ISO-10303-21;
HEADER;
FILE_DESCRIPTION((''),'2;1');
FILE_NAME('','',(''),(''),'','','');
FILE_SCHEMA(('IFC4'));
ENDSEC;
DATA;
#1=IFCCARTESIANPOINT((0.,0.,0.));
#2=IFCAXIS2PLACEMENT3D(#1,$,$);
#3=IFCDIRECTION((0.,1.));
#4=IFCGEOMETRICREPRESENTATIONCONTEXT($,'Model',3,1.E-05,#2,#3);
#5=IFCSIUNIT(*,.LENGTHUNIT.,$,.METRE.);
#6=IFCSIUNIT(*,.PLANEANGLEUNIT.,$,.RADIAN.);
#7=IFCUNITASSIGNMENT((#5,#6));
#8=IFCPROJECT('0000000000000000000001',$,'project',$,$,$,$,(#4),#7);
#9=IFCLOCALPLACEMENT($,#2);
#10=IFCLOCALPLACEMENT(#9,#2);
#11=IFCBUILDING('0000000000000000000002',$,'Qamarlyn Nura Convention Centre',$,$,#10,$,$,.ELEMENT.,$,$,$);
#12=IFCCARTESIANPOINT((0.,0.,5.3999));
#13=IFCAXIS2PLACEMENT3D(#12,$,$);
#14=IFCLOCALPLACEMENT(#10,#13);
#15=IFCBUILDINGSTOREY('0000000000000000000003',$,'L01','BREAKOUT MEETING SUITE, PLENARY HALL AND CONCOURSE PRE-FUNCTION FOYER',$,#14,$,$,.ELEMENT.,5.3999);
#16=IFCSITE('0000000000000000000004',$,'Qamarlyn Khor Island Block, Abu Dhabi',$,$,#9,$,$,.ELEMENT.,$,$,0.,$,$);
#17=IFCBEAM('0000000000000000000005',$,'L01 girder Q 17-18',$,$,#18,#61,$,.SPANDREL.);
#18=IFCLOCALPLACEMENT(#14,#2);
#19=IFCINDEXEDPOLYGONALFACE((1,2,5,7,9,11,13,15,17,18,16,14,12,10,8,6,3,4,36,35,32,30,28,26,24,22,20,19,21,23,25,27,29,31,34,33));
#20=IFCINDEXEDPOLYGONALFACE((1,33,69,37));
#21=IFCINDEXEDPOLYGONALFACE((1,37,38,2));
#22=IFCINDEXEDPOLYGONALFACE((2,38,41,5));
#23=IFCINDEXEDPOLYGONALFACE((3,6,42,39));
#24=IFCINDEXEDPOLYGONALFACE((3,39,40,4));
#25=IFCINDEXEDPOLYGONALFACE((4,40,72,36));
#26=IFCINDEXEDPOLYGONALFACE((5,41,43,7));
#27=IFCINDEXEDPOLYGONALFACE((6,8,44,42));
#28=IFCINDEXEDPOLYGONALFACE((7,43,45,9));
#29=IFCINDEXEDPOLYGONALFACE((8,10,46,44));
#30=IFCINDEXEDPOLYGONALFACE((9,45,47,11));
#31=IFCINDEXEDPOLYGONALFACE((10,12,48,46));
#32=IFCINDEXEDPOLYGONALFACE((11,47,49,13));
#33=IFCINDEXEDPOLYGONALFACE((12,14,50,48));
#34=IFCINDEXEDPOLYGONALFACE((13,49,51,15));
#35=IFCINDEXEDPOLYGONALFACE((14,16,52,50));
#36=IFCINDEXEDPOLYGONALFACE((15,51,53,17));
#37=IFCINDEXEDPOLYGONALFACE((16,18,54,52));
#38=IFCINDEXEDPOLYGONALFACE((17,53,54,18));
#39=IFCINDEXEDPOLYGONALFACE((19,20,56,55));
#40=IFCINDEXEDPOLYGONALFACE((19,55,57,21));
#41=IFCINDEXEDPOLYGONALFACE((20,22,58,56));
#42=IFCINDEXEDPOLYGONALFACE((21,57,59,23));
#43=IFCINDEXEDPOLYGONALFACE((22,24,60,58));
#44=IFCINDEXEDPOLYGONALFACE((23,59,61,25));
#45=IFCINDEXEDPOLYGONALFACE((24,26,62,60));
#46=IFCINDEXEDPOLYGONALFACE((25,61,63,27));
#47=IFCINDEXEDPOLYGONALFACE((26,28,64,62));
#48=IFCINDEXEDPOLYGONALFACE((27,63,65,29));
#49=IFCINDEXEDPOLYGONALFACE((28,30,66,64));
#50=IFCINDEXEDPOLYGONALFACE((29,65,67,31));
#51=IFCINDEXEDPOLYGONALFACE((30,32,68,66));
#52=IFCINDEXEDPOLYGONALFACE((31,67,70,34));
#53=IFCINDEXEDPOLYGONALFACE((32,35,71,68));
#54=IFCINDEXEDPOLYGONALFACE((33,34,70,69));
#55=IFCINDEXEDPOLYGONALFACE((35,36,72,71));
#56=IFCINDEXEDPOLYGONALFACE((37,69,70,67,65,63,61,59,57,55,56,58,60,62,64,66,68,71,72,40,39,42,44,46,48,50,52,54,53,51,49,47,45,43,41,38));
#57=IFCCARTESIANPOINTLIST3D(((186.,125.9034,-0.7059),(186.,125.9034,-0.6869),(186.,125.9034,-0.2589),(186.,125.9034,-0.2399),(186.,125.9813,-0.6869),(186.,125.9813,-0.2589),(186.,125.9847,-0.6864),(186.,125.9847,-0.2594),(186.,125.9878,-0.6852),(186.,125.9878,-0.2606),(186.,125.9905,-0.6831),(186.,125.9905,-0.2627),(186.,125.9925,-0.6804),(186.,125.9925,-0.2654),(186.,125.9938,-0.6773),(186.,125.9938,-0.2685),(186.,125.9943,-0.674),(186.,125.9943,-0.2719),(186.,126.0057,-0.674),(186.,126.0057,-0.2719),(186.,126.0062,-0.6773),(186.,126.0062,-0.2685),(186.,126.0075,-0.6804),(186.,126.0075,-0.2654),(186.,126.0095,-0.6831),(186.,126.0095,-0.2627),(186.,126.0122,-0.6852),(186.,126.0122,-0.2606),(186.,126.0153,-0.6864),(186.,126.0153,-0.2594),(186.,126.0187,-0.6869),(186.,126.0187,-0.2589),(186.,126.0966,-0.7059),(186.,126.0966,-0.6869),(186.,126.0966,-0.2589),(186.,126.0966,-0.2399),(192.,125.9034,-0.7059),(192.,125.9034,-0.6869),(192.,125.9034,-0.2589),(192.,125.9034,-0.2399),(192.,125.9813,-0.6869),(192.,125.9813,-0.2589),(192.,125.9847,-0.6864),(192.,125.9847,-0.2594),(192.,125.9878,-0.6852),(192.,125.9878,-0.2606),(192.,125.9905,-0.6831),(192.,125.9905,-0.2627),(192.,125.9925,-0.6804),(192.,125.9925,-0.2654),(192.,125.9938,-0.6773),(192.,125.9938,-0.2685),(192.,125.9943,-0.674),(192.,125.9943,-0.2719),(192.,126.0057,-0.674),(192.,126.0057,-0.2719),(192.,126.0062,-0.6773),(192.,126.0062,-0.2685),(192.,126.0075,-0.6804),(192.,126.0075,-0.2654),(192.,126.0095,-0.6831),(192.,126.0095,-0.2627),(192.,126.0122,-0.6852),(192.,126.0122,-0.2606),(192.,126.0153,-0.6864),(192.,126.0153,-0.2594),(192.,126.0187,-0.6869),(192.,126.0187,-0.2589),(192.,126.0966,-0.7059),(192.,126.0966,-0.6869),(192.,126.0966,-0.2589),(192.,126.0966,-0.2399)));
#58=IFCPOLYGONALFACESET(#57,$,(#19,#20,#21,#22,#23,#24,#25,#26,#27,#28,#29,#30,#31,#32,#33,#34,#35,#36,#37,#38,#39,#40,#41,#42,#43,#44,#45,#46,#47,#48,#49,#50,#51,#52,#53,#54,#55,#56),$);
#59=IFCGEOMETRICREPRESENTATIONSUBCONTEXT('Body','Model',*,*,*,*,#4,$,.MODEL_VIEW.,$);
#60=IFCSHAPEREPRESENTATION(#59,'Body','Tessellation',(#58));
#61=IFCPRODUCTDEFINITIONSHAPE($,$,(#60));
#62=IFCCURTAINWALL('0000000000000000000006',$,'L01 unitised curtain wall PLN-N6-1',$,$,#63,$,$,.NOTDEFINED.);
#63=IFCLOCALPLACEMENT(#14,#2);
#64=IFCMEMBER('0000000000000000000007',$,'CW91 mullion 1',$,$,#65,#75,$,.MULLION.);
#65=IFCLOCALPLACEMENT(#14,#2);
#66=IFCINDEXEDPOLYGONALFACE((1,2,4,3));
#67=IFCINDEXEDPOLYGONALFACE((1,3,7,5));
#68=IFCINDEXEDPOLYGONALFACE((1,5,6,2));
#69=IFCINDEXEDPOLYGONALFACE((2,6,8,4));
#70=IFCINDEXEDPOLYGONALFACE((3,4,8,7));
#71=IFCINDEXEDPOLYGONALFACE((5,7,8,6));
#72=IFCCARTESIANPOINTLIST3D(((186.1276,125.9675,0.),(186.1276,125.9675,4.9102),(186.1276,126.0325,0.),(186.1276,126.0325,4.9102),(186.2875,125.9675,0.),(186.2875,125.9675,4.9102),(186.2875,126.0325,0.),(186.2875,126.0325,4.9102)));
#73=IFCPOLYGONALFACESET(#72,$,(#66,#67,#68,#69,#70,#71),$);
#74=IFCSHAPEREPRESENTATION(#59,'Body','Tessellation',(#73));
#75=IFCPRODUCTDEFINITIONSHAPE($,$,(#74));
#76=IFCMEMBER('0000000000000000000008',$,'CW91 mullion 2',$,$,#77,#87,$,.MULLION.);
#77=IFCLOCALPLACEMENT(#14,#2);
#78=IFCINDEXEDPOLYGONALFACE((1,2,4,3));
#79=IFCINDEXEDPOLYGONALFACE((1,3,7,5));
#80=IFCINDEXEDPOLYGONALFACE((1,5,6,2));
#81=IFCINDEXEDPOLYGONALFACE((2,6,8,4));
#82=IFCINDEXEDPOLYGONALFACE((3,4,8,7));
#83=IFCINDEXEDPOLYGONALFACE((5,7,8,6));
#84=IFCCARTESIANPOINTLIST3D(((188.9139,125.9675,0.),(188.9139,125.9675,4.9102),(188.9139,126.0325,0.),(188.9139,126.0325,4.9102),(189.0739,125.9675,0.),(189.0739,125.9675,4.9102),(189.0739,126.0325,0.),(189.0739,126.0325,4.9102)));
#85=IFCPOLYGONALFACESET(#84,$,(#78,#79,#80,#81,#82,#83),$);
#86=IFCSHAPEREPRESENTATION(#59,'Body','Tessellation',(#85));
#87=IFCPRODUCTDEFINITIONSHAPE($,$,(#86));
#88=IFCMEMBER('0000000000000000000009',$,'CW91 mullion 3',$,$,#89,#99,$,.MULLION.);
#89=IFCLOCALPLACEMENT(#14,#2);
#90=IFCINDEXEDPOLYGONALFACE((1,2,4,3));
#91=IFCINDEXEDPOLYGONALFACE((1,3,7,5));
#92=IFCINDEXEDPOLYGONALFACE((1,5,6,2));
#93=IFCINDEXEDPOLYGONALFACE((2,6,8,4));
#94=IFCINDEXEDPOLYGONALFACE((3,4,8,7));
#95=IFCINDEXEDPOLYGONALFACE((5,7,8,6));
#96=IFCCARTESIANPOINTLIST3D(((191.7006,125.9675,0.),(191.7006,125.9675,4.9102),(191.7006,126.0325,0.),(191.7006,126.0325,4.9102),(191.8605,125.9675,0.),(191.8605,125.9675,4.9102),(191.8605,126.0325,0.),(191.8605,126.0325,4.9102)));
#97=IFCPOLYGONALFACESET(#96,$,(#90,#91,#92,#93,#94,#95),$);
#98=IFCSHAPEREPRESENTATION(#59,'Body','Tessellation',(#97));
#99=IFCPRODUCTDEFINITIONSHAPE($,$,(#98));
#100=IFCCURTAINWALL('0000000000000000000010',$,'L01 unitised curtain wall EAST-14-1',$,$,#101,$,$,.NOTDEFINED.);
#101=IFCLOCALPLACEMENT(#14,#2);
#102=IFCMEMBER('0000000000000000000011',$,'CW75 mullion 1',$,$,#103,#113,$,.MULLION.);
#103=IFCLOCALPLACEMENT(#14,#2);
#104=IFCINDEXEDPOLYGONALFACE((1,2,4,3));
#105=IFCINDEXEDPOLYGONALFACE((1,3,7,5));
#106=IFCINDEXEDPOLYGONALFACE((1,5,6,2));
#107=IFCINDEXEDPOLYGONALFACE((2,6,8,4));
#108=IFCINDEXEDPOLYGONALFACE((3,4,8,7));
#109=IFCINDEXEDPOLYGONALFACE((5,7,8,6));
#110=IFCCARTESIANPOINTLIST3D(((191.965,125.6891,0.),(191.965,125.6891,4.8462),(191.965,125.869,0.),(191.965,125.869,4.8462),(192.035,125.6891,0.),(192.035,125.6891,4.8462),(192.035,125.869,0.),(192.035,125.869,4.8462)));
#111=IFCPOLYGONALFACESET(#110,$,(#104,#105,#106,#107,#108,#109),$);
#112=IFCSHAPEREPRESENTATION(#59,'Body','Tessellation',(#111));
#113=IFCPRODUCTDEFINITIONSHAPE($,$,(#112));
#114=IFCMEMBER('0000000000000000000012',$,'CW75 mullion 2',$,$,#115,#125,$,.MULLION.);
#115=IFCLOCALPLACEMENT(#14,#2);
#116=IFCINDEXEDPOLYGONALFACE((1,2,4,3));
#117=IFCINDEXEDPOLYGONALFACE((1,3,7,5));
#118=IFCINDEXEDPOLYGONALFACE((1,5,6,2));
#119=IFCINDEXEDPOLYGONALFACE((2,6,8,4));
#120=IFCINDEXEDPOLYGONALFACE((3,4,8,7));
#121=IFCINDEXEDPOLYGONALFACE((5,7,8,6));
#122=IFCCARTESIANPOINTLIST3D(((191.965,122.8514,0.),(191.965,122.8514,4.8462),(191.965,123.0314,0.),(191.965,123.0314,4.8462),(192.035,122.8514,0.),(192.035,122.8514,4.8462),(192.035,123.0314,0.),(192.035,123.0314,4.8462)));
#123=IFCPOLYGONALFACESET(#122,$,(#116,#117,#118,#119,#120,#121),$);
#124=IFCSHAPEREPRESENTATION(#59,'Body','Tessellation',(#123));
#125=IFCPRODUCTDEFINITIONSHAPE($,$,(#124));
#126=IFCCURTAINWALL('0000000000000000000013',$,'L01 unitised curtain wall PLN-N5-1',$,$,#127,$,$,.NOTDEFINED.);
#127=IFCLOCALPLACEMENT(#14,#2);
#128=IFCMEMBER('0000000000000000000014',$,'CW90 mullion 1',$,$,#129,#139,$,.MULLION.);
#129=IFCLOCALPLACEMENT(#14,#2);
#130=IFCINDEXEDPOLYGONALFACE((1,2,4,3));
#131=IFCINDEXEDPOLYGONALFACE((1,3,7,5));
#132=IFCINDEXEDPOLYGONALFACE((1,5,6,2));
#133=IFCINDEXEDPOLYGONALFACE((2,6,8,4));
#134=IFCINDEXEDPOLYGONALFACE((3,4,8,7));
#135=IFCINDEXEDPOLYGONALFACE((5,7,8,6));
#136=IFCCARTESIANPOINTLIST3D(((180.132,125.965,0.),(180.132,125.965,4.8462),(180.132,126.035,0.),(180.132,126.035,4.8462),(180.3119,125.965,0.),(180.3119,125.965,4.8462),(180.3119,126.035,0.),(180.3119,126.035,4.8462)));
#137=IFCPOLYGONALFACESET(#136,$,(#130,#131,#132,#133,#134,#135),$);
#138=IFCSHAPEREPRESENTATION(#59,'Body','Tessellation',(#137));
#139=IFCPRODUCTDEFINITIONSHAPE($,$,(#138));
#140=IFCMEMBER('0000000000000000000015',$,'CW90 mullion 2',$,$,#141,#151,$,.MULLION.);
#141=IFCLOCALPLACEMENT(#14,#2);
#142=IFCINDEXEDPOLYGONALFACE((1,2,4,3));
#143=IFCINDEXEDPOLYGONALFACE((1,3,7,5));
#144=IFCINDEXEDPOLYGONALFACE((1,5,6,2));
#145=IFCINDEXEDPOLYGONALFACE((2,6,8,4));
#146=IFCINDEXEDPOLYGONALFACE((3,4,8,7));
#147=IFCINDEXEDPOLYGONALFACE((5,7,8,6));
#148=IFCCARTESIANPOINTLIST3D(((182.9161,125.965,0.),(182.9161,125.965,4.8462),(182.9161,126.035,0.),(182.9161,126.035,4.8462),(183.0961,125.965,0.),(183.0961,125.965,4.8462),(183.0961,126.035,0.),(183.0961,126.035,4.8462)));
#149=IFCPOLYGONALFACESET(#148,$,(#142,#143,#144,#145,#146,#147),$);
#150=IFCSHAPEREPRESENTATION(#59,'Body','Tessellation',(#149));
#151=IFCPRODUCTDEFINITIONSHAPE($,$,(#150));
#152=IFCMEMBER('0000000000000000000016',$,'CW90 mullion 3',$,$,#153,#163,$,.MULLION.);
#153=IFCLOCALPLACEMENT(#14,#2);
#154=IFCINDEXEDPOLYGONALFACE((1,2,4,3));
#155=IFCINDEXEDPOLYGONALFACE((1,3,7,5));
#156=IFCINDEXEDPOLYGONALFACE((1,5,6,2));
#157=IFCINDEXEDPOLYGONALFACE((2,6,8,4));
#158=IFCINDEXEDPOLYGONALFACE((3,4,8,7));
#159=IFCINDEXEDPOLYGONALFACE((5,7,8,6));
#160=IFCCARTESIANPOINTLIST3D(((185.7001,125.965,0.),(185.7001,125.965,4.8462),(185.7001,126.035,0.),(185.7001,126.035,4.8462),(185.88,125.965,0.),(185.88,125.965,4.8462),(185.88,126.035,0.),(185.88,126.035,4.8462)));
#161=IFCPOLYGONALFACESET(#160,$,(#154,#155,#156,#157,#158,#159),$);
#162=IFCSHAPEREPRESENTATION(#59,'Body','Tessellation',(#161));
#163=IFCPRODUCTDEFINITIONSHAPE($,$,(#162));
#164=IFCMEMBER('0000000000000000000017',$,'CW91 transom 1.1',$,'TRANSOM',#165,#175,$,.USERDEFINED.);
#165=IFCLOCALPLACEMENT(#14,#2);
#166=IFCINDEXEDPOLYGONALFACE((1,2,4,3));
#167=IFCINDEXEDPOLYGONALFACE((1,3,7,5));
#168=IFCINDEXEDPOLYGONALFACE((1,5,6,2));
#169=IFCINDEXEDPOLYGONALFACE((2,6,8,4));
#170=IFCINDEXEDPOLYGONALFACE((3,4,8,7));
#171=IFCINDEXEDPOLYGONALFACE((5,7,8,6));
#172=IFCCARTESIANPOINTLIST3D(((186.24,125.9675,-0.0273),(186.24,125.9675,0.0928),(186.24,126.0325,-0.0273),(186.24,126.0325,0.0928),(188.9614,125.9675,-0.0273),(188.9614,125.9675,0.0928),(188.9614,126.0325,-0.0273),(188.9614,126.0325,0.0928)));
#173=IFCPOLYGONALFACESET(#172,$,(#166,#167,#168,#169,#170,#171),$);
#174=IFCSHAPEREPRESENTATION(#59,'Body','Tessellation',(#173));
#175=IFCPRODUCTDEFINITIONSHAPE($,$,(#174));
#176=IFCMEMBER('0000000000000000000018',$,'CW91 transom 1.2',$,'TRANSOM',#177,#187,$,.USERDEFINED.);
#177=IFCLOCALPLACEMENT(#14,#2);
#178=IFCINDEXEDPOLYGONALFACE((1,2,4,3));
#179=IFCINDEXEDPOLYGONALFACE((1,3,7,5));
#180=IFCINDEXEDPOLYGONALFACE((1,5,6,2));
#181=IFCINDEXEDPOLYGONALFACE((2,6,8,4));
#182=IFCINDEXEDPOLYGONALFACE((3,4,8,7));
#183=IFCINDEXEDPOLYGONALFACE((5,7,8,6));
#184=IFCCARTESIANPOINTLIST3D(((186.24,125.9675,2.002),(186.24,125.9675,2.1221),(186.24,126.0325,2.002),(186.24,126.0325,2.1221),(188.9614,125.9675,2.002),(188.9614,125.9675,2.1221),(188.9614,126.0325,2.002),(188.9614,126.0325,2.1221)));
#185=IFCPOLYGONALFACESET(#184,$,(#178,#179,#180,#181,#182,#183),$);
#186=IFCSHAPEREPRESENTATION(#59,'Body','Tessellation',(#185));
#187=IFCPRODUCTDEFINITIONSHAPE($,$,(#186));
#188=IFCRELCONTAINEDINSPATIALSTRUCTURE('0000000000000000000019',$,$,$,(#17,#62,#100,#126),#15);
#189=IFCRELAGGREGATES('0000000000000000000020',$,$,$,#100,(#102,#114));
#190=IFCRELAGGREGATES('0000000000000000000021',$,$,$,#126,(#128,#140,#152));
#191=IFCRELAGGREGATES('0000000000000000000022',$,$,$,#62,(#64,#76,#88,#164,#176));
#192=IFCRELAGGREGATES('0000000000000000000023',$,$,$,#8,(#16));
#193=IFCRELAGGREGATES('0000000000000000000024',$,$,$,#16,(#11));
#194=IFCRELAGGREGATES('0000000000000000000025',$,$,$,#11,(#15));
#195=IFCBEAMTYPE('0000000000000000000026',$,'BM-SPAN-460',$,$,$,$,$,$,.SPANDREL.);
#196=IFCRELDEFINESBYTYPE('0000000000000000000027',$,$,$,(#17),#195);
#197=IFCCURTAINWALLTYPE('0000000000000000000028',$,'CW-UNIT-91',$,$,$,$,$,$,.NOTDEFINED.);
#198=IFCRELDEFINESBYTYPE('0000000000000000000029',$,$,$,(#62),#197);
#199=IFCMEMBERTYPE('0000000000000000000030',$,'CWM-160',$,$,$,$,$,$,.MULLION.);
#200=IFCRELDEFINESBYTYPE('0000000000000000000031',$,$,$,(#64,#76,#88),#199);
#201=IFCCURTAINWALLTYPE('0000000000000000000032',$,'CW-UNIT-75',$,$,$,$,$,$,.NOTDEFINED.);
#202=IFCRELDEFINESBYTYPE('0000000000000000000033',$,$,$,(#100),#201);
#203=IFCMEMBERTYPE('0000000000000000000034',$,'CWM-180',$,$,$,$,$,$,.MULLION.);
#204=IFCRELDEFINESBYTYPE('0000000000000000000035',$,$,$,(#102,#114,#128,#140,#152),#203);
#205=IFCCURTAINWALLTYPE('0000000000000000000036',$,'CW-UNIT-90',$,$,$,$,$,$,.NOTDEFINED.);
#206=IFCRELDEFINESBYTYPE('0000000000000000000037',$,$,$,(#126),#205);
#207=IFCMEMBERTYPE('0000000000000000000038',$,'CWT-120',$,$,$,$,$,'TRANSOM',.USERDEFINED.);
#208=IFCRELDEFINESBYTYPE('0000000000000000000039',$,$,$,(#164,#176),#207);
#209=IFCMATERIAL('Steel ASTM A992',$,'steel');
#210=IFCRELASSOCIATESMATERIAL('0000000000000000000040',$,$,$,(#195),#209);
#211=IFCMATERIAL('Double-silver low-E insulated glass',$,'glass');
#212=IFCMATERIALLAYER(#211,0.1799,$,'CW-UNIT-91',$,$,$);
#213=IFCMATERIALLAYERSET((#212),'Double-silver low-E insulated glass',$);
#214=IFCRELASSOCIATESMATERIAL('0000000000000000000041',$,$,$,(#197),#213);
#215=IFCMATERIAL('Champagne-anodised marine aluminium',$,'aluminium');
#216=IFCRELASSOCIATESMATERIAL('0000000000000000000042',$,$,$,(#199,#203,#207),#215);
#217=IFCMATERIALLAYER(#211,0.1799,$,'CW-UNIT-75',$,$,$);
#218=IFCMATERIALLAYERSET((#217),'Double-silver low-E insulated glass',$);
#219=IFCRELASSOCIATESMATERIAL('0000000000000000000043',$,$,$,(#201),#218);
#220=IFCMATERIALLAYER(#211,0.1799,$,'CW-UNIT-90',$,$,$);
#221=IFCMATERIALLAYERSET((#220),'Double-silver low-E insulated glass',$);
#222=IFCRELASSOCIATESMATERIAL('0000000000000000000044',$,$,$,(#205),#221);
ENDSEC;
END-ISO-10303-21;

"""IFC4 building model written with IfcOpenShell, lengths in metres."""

from ifc_helpers import new_model, si_unit, direction, frame, origin, origin_2d, place, context, subcontext, project, spatial, rectangle, i_section, extrude, material, layer, layer_set, material_profile, profile_set, type_object, element, aggregate, save


model = new_model("IFC4")

# Units and contexts
model_context = context("Model", 3, precision=1e-05, world=origin(), true_north=direction((0.0, 1.0)))
body_context = subcontext(model_context, "Body", "Model", "MODEL_VIEW")
ifc_project = project(units=[si_unit("LENGTHUNIT", "METRE"), si_unit("PLANEANGLEUNIT", "RADIAN")], contexts=[model_context])

# Site, building, storey
site_placement = place(None, origin())
site = spatial("IfcSite", under=ifc_project, at=site_placement, Name="Qamarlyn Khor Island Block, Abu Dhabi", CompositionType="ELEMENT", RefElevation=0.0)
building_placement = place(site_placement, origin())
building = spatial("IfcBuilding", under=site, at=building_placement, Name="Qamarlyn Nura Convention Centre", CompositionType="ELEMENT")
storey_placement = place(building_placement, frame((0.0, 0.0, 5.3999)))
storey = spatial("IfcBuildingStorey", under=building, at=storey_placement, Name="L01", Description="BREAKOUT MEETING SUITE, PLENARY HALL AND CONCOURSE PRE-FUNCTION FOYER", CompositionType="ELEMENT", Elevation=5.3999)

# Shared definitions
ifc_material_1 = material(Name="Steel ASTM A992", Category="steel")

# Beam
ifc_material_profile_1 = material_profile(ifc_material_1, i_section(OverallWidth=0.1931, OverallDepth=0.4661, WebThickness=0.0115, FlangeThickness=0.019, FilletRadius=0.0129, at=origin_2d()), Name="W460X97")
ifc_profile_set_1 = profile_set([ifc_material_profile_1], Name="Steel ASTM A992")
beam_type_1 = type_object("IfcBeamType", Name="BM-SPAN-460", PredefinedType="SPANDREL", material=ifc_profile_set_1)
beam_1_placement = place(storey_placement, frame((186.0, 126.0, -0.4729), z_axis=(1.0, 0.0, 0.0), x_axis=(0.0, 1.0, 0.0)))
element("IfcBeam", 1, at=beam_1_placement, inside=storey, type_object=beam_type_1, Name="L01 girder Q 17-18", PredefinedType="SPANDREL", context=body_context, shape_type="SweptSolid", body=[
    extrude(i_section(OverallWidth=0.1931, OverallDepth=0.4661, WebThickness=0.0115, FlangeThickness=0.019, FilletRadius=0.0129, at=origin_2d()), origin(), (0.0, 0.0, 1.0), 6.0),
])

# Curtain walls, members
ifc_material_2 = material(Name="Double-silver low-E insulated glass", Category="glass")
ifc_layer_1 = layer(ifc_material_2, 0.1799, Name="CW-UNIT-91")
ifc_layer_set_1 = layer_set([ifc_layer_1], Name="Double-silver low-E insulated glass")
curtain_wall_type_1 = type_object("IfcCurtainWallType", Name="CW-UNIT-91", PredefinedType="NOTDEFINED", material=ifc_layer_set_1)
curtain_wall_1_placement = place(storey_placement, origin())
curtain_wall_1 = element("IfcCurtainWall", 2, at=curtain_wall_1_placement, inside=storey, type_object=curtain_wall_type_1, Name="L01 unitised curtain wall PLN-N6-1", PredefinedType="NOTDEFINED")
ifc_material_3 = material(Name="Champagne-anodised marine aluminium", Category="aluminium")
ifc_material_profile_2 = material_profile(ifc_material_3, rectangle(XDim=0.0649, YDim=0.1599, at=origin_2d()), Name="ALU MULLION 65x160")
ifc_profile_set_2 = profile_set([ifc_material_profile_2], Name="Champagne-anodised marine aluminium")
member_type_1 = type_object("IfcMemberType", Name="CWM-160", PredefinedType="MULLION", material=ifc_profile_set_2)
member_1_placement = place(storey_placement, frame((186.2075, 126.0, 0.0), z_axis=(0.0, 0.0, 1.0), x_axis=(0.0, 1.0, 0.0)))
member_1 = element("IfcMember", 3, at=member_1_placement, type_object=member_type_1, Name="CW91 mullion 1", PredefinedType="MULLION", context=body_context, shape_type="SweptSolid", body=[
    extrude(rectangle(XDim=0.0649, YDim=0.1599, at=origin_2d()), origin(), (0.0, 0.0, 1.0), 4.9102),
])
member_2_placement = place(storey_placement, frame((188.9939, 126.0, 0.0), z_axis=(0.0, 0.0, 1.0), x_axis=(0.0, 1.0, 0.0)))
member_2 = element("IfcMember", 4, at=member_2_placement, type_object=member_type_1, Name="CW91 mullion 2", PredefinedType="MULLION", context=body_context, shape_type="SweptSolid", body=[
    extrude(rectangle(XDim=0.0649, YDim=0.1599, at=origin_2d()), origin(), (0.0, 0.0, 1.0), 4.9102),
])
member_3_placement = place(storey_placement, frame((191.7805, 126.0, 0.0), z_axis=(0.0, 0.0, 1.0), x_axis=(0.0, 1.0, 0.0)))
member_3 = element("IfcMember", 5, at=member_3_placement, type_object=member_type_1, Name="CW91 mullion 3", PredefinedType="MULLION", context=body_context, shape_type="SweptSolid", body=[
    extrude(rectangle(XDim=0.0649, YDim=0.1599, at=origin_2d()), origin(), (0.0, 0.0, 1.0), 4.9102),
])
ifc_layer_2 = layer(ifc_material_2, 0.1799, Name="CW-UNIT-75")
ifc_layer_set_2 = layer_set([ifc_layer_2], Name="Double-silver low-E insulated glass")
curtain_wall_type_2 = type_object("IfcCurtainWallType", Name="CW-UNIT-75", PredefinedType="NOTDEFINED", material=ifc_layer_set_2)
curtain_wall_2_placement = place(storey_placement, origin())
curtain_wall_2 = element("IfcCurtainWall", 6, at=curtain_wall_2_placement, inside=storey, type_object=curtain_wall_type_2, Name="L01 unitised curtain wall EAST-14-1", PredefinedType="NOTDEFINED")
ifc_material_profile_3 = material_profile(ifc_material_3, rectangle(XDim=0.0701, YDim=0.1799, at=origin_2d()), Name="ALU MULLION 70x180")
ifc_profile_set_3 = profile_set([ifc_material_profile_3], Name="Champagne-anodised marine aluminium")
member_type_2 = type_object("IfcMemberType", Name="CWM-180", PredefinedType="MULLION", material=ifc_profile_set_3)
member_4_placement = place(storey_placement, frame((192.0, 125.7791, 0.0), z_axis=(0.0, 0.0, 1.0), x_axis=(1.0, 0.0, 0.0)))
member_4 = element("IfcMember", 7, at=member_4_placement, type_object=member_type_2, Name="CW75 mullion 1", PredefinedType="MULLION", context=body_context, shape_type="SweptSolid", body=[
    extrude(rectangle(XDim=0.0701, YDim=0.1799, at=origin_2d()), origin(), (0.0, 0.0, 1.0), 4.8462),
])
member_5_placement = place(storey_placement, frame((192.0, 122.9414, 0.0), z_axis=(0.0, 0.0, 1.0), x_axis=(1.0, 0.0, 0.0)))
member_5 = element("IfcMember", 8, at=member_5_placement, type_object=member_type_2, Name="CW75 mullion 2", PredefinedType="MULLION", context=body_context, shape_type="SweptSolid", body=[
    extrude(rectangle(XDim=0.0701, YDim=0.1799, at=origin_2d()), origin(), (0.0, 0.0, 1.0), 4.8462),
])
ifc_layer_3 = layer(ifc_material_2, 0.1799, Name="CW-UNIT-90")
ifc_layer_set_3 = layer_set([ifc_layer_3], Name="Double-silver low-E insulated glass")
curtain_wall_type_3 = type_object("IfcCurtainWallType", Name="CW-UNIT-90", PredefinedType="NOTDEFINED", material=ifc_layer_set_3)
curtain_wall_3_placement = place(storey_placement, origin())
curtain_wall_3 = element("IfcCurtainWall", 9, at=curtain_wall_3_placement, inside=storey, type_object=curtain_wall_type_3, Name="L01 unitised curtain wall PLN-N5-1", PredefinedType="NOTDEFINED")
member_6_placement = place(storey_placement, frame((180.2219, 126.0, 0.0), z_axis=(0.0, 0.0, 1.0), x_axis=(0.0, 1.0, 0.0)))
member_6 = element("IfcMember", 10, at=member_6_placement, type_object=member_type_2, Name="CW90 mullion 1", PredefinedType="MULLION", context=body_context, shape_type="SweptSolid", body=[
    extrude(rectangle(XDim=0.0701, YDim=0.1799, at=origin_2d()), origin(), (0.0, 0.0, 1.0), 4.8462),
])
member_7_placement = place(storey_placement, frame((183.0061, 126.0, 0.0), z_axis=(0.0, 0.0, 1.0), x_axis=(0.0, 1.0, 0.0)))
member_7 = element("IfcMember", 11, at=member_7_placement, type_object=member_type_2, Name="CW90 mullion 2", PredefinedType="MULLION", context=body_context, shape_type="SweptSolid", body=[
    extrude(rectangle(XDim=0.0701, YDim=0.1799, at=origin_2d()), origin(), (0.0, 0.0, 1.0), 4.8462),
])
member_8_placement = place(storey_placement, frame((185.79, 126.0, 0.0), z_axis=(0.0, 0.0, 1.0), x_axis=(0.0, 1.0, 0.0)))
member_8 = element("IfcMember", 12, at=member_8_placement, type_object=member_type_2, Name="CW90 mullion 3", PredefinedType="MULLION", context=body_context, shape_type="SweptSolid", body=[
    extrude(rectangle(XDim=0.0701, YDim=0.1799, at=origin_2d()), origin(), (0.0, 0.0, 1.0), 4.8462),
])

# Members
ifc_material_profile_4 = material_profile(ifc_material_3, rectangle(XDim=0.0649, YDim=0.1201, at=origin_2d()), Name="ALU TRANSOM 65x120")
ifc_profile_set_4 = profile_set([ifc_material_profile_4], Name="Champagne-anodised marine aluminium")
member_type_3 = type_object("IfcMemberType", Name="CWT-120", ElementType="TRANSOM", PredefinedType="USERDEFINED", material=ifc_profile_set_4)
member_9_placement = place(storey_placement, frame((186.24, 126.0, 0.0327), z_axis=(1.0, 0.0, 0.0), x_axis=(0.0, 1.0, 0.0)))
member_9 = element("IfcMember", 13, at=member_9_placement, type_object=member_type_3, Name="CW91 transom 1.1", ObjectType="TRANSOM", PredefinedType="USERDEFINED", context=body_context, shape_type="SweptSolid", body=[
    extrude(rectangle(XDim=0.0649, YDim=0.1201, at=origin_2d()), origin(), (0.0, 0.0, 1.0), 2.7214),
])
member_10_placement = place(storey_placement, frame((186.24, 126.0, 2.062), z_axis=(1.0, 0.0, 0.0), x_axis=(0.0, 1.0, 0.0)))
member_10 = element("IfcMember", 14, at=member_10_placement, type_object=member_type_3, Name="CW91 transom 1.2", ObjectType="TRANSOM", PredefinedType="USERDEFINED", context=body_context, shape_type="SweptSolid", body=[
    extrude(rectangle(XDim=0.0649, YDim=0.1201, at=origin_2d()), origin(), (0.0, 0.0, 1.0), 2.7214),
])

aggregate(curtain_wall_2, [member_4, member_5])
aggregate(curtain_wall_3, [member_6, member_7, member_8])
aggregate(curtain_wall_1, [member_1, member_2, member_3, member_9, member_10])

save(model, "model.ifc")
